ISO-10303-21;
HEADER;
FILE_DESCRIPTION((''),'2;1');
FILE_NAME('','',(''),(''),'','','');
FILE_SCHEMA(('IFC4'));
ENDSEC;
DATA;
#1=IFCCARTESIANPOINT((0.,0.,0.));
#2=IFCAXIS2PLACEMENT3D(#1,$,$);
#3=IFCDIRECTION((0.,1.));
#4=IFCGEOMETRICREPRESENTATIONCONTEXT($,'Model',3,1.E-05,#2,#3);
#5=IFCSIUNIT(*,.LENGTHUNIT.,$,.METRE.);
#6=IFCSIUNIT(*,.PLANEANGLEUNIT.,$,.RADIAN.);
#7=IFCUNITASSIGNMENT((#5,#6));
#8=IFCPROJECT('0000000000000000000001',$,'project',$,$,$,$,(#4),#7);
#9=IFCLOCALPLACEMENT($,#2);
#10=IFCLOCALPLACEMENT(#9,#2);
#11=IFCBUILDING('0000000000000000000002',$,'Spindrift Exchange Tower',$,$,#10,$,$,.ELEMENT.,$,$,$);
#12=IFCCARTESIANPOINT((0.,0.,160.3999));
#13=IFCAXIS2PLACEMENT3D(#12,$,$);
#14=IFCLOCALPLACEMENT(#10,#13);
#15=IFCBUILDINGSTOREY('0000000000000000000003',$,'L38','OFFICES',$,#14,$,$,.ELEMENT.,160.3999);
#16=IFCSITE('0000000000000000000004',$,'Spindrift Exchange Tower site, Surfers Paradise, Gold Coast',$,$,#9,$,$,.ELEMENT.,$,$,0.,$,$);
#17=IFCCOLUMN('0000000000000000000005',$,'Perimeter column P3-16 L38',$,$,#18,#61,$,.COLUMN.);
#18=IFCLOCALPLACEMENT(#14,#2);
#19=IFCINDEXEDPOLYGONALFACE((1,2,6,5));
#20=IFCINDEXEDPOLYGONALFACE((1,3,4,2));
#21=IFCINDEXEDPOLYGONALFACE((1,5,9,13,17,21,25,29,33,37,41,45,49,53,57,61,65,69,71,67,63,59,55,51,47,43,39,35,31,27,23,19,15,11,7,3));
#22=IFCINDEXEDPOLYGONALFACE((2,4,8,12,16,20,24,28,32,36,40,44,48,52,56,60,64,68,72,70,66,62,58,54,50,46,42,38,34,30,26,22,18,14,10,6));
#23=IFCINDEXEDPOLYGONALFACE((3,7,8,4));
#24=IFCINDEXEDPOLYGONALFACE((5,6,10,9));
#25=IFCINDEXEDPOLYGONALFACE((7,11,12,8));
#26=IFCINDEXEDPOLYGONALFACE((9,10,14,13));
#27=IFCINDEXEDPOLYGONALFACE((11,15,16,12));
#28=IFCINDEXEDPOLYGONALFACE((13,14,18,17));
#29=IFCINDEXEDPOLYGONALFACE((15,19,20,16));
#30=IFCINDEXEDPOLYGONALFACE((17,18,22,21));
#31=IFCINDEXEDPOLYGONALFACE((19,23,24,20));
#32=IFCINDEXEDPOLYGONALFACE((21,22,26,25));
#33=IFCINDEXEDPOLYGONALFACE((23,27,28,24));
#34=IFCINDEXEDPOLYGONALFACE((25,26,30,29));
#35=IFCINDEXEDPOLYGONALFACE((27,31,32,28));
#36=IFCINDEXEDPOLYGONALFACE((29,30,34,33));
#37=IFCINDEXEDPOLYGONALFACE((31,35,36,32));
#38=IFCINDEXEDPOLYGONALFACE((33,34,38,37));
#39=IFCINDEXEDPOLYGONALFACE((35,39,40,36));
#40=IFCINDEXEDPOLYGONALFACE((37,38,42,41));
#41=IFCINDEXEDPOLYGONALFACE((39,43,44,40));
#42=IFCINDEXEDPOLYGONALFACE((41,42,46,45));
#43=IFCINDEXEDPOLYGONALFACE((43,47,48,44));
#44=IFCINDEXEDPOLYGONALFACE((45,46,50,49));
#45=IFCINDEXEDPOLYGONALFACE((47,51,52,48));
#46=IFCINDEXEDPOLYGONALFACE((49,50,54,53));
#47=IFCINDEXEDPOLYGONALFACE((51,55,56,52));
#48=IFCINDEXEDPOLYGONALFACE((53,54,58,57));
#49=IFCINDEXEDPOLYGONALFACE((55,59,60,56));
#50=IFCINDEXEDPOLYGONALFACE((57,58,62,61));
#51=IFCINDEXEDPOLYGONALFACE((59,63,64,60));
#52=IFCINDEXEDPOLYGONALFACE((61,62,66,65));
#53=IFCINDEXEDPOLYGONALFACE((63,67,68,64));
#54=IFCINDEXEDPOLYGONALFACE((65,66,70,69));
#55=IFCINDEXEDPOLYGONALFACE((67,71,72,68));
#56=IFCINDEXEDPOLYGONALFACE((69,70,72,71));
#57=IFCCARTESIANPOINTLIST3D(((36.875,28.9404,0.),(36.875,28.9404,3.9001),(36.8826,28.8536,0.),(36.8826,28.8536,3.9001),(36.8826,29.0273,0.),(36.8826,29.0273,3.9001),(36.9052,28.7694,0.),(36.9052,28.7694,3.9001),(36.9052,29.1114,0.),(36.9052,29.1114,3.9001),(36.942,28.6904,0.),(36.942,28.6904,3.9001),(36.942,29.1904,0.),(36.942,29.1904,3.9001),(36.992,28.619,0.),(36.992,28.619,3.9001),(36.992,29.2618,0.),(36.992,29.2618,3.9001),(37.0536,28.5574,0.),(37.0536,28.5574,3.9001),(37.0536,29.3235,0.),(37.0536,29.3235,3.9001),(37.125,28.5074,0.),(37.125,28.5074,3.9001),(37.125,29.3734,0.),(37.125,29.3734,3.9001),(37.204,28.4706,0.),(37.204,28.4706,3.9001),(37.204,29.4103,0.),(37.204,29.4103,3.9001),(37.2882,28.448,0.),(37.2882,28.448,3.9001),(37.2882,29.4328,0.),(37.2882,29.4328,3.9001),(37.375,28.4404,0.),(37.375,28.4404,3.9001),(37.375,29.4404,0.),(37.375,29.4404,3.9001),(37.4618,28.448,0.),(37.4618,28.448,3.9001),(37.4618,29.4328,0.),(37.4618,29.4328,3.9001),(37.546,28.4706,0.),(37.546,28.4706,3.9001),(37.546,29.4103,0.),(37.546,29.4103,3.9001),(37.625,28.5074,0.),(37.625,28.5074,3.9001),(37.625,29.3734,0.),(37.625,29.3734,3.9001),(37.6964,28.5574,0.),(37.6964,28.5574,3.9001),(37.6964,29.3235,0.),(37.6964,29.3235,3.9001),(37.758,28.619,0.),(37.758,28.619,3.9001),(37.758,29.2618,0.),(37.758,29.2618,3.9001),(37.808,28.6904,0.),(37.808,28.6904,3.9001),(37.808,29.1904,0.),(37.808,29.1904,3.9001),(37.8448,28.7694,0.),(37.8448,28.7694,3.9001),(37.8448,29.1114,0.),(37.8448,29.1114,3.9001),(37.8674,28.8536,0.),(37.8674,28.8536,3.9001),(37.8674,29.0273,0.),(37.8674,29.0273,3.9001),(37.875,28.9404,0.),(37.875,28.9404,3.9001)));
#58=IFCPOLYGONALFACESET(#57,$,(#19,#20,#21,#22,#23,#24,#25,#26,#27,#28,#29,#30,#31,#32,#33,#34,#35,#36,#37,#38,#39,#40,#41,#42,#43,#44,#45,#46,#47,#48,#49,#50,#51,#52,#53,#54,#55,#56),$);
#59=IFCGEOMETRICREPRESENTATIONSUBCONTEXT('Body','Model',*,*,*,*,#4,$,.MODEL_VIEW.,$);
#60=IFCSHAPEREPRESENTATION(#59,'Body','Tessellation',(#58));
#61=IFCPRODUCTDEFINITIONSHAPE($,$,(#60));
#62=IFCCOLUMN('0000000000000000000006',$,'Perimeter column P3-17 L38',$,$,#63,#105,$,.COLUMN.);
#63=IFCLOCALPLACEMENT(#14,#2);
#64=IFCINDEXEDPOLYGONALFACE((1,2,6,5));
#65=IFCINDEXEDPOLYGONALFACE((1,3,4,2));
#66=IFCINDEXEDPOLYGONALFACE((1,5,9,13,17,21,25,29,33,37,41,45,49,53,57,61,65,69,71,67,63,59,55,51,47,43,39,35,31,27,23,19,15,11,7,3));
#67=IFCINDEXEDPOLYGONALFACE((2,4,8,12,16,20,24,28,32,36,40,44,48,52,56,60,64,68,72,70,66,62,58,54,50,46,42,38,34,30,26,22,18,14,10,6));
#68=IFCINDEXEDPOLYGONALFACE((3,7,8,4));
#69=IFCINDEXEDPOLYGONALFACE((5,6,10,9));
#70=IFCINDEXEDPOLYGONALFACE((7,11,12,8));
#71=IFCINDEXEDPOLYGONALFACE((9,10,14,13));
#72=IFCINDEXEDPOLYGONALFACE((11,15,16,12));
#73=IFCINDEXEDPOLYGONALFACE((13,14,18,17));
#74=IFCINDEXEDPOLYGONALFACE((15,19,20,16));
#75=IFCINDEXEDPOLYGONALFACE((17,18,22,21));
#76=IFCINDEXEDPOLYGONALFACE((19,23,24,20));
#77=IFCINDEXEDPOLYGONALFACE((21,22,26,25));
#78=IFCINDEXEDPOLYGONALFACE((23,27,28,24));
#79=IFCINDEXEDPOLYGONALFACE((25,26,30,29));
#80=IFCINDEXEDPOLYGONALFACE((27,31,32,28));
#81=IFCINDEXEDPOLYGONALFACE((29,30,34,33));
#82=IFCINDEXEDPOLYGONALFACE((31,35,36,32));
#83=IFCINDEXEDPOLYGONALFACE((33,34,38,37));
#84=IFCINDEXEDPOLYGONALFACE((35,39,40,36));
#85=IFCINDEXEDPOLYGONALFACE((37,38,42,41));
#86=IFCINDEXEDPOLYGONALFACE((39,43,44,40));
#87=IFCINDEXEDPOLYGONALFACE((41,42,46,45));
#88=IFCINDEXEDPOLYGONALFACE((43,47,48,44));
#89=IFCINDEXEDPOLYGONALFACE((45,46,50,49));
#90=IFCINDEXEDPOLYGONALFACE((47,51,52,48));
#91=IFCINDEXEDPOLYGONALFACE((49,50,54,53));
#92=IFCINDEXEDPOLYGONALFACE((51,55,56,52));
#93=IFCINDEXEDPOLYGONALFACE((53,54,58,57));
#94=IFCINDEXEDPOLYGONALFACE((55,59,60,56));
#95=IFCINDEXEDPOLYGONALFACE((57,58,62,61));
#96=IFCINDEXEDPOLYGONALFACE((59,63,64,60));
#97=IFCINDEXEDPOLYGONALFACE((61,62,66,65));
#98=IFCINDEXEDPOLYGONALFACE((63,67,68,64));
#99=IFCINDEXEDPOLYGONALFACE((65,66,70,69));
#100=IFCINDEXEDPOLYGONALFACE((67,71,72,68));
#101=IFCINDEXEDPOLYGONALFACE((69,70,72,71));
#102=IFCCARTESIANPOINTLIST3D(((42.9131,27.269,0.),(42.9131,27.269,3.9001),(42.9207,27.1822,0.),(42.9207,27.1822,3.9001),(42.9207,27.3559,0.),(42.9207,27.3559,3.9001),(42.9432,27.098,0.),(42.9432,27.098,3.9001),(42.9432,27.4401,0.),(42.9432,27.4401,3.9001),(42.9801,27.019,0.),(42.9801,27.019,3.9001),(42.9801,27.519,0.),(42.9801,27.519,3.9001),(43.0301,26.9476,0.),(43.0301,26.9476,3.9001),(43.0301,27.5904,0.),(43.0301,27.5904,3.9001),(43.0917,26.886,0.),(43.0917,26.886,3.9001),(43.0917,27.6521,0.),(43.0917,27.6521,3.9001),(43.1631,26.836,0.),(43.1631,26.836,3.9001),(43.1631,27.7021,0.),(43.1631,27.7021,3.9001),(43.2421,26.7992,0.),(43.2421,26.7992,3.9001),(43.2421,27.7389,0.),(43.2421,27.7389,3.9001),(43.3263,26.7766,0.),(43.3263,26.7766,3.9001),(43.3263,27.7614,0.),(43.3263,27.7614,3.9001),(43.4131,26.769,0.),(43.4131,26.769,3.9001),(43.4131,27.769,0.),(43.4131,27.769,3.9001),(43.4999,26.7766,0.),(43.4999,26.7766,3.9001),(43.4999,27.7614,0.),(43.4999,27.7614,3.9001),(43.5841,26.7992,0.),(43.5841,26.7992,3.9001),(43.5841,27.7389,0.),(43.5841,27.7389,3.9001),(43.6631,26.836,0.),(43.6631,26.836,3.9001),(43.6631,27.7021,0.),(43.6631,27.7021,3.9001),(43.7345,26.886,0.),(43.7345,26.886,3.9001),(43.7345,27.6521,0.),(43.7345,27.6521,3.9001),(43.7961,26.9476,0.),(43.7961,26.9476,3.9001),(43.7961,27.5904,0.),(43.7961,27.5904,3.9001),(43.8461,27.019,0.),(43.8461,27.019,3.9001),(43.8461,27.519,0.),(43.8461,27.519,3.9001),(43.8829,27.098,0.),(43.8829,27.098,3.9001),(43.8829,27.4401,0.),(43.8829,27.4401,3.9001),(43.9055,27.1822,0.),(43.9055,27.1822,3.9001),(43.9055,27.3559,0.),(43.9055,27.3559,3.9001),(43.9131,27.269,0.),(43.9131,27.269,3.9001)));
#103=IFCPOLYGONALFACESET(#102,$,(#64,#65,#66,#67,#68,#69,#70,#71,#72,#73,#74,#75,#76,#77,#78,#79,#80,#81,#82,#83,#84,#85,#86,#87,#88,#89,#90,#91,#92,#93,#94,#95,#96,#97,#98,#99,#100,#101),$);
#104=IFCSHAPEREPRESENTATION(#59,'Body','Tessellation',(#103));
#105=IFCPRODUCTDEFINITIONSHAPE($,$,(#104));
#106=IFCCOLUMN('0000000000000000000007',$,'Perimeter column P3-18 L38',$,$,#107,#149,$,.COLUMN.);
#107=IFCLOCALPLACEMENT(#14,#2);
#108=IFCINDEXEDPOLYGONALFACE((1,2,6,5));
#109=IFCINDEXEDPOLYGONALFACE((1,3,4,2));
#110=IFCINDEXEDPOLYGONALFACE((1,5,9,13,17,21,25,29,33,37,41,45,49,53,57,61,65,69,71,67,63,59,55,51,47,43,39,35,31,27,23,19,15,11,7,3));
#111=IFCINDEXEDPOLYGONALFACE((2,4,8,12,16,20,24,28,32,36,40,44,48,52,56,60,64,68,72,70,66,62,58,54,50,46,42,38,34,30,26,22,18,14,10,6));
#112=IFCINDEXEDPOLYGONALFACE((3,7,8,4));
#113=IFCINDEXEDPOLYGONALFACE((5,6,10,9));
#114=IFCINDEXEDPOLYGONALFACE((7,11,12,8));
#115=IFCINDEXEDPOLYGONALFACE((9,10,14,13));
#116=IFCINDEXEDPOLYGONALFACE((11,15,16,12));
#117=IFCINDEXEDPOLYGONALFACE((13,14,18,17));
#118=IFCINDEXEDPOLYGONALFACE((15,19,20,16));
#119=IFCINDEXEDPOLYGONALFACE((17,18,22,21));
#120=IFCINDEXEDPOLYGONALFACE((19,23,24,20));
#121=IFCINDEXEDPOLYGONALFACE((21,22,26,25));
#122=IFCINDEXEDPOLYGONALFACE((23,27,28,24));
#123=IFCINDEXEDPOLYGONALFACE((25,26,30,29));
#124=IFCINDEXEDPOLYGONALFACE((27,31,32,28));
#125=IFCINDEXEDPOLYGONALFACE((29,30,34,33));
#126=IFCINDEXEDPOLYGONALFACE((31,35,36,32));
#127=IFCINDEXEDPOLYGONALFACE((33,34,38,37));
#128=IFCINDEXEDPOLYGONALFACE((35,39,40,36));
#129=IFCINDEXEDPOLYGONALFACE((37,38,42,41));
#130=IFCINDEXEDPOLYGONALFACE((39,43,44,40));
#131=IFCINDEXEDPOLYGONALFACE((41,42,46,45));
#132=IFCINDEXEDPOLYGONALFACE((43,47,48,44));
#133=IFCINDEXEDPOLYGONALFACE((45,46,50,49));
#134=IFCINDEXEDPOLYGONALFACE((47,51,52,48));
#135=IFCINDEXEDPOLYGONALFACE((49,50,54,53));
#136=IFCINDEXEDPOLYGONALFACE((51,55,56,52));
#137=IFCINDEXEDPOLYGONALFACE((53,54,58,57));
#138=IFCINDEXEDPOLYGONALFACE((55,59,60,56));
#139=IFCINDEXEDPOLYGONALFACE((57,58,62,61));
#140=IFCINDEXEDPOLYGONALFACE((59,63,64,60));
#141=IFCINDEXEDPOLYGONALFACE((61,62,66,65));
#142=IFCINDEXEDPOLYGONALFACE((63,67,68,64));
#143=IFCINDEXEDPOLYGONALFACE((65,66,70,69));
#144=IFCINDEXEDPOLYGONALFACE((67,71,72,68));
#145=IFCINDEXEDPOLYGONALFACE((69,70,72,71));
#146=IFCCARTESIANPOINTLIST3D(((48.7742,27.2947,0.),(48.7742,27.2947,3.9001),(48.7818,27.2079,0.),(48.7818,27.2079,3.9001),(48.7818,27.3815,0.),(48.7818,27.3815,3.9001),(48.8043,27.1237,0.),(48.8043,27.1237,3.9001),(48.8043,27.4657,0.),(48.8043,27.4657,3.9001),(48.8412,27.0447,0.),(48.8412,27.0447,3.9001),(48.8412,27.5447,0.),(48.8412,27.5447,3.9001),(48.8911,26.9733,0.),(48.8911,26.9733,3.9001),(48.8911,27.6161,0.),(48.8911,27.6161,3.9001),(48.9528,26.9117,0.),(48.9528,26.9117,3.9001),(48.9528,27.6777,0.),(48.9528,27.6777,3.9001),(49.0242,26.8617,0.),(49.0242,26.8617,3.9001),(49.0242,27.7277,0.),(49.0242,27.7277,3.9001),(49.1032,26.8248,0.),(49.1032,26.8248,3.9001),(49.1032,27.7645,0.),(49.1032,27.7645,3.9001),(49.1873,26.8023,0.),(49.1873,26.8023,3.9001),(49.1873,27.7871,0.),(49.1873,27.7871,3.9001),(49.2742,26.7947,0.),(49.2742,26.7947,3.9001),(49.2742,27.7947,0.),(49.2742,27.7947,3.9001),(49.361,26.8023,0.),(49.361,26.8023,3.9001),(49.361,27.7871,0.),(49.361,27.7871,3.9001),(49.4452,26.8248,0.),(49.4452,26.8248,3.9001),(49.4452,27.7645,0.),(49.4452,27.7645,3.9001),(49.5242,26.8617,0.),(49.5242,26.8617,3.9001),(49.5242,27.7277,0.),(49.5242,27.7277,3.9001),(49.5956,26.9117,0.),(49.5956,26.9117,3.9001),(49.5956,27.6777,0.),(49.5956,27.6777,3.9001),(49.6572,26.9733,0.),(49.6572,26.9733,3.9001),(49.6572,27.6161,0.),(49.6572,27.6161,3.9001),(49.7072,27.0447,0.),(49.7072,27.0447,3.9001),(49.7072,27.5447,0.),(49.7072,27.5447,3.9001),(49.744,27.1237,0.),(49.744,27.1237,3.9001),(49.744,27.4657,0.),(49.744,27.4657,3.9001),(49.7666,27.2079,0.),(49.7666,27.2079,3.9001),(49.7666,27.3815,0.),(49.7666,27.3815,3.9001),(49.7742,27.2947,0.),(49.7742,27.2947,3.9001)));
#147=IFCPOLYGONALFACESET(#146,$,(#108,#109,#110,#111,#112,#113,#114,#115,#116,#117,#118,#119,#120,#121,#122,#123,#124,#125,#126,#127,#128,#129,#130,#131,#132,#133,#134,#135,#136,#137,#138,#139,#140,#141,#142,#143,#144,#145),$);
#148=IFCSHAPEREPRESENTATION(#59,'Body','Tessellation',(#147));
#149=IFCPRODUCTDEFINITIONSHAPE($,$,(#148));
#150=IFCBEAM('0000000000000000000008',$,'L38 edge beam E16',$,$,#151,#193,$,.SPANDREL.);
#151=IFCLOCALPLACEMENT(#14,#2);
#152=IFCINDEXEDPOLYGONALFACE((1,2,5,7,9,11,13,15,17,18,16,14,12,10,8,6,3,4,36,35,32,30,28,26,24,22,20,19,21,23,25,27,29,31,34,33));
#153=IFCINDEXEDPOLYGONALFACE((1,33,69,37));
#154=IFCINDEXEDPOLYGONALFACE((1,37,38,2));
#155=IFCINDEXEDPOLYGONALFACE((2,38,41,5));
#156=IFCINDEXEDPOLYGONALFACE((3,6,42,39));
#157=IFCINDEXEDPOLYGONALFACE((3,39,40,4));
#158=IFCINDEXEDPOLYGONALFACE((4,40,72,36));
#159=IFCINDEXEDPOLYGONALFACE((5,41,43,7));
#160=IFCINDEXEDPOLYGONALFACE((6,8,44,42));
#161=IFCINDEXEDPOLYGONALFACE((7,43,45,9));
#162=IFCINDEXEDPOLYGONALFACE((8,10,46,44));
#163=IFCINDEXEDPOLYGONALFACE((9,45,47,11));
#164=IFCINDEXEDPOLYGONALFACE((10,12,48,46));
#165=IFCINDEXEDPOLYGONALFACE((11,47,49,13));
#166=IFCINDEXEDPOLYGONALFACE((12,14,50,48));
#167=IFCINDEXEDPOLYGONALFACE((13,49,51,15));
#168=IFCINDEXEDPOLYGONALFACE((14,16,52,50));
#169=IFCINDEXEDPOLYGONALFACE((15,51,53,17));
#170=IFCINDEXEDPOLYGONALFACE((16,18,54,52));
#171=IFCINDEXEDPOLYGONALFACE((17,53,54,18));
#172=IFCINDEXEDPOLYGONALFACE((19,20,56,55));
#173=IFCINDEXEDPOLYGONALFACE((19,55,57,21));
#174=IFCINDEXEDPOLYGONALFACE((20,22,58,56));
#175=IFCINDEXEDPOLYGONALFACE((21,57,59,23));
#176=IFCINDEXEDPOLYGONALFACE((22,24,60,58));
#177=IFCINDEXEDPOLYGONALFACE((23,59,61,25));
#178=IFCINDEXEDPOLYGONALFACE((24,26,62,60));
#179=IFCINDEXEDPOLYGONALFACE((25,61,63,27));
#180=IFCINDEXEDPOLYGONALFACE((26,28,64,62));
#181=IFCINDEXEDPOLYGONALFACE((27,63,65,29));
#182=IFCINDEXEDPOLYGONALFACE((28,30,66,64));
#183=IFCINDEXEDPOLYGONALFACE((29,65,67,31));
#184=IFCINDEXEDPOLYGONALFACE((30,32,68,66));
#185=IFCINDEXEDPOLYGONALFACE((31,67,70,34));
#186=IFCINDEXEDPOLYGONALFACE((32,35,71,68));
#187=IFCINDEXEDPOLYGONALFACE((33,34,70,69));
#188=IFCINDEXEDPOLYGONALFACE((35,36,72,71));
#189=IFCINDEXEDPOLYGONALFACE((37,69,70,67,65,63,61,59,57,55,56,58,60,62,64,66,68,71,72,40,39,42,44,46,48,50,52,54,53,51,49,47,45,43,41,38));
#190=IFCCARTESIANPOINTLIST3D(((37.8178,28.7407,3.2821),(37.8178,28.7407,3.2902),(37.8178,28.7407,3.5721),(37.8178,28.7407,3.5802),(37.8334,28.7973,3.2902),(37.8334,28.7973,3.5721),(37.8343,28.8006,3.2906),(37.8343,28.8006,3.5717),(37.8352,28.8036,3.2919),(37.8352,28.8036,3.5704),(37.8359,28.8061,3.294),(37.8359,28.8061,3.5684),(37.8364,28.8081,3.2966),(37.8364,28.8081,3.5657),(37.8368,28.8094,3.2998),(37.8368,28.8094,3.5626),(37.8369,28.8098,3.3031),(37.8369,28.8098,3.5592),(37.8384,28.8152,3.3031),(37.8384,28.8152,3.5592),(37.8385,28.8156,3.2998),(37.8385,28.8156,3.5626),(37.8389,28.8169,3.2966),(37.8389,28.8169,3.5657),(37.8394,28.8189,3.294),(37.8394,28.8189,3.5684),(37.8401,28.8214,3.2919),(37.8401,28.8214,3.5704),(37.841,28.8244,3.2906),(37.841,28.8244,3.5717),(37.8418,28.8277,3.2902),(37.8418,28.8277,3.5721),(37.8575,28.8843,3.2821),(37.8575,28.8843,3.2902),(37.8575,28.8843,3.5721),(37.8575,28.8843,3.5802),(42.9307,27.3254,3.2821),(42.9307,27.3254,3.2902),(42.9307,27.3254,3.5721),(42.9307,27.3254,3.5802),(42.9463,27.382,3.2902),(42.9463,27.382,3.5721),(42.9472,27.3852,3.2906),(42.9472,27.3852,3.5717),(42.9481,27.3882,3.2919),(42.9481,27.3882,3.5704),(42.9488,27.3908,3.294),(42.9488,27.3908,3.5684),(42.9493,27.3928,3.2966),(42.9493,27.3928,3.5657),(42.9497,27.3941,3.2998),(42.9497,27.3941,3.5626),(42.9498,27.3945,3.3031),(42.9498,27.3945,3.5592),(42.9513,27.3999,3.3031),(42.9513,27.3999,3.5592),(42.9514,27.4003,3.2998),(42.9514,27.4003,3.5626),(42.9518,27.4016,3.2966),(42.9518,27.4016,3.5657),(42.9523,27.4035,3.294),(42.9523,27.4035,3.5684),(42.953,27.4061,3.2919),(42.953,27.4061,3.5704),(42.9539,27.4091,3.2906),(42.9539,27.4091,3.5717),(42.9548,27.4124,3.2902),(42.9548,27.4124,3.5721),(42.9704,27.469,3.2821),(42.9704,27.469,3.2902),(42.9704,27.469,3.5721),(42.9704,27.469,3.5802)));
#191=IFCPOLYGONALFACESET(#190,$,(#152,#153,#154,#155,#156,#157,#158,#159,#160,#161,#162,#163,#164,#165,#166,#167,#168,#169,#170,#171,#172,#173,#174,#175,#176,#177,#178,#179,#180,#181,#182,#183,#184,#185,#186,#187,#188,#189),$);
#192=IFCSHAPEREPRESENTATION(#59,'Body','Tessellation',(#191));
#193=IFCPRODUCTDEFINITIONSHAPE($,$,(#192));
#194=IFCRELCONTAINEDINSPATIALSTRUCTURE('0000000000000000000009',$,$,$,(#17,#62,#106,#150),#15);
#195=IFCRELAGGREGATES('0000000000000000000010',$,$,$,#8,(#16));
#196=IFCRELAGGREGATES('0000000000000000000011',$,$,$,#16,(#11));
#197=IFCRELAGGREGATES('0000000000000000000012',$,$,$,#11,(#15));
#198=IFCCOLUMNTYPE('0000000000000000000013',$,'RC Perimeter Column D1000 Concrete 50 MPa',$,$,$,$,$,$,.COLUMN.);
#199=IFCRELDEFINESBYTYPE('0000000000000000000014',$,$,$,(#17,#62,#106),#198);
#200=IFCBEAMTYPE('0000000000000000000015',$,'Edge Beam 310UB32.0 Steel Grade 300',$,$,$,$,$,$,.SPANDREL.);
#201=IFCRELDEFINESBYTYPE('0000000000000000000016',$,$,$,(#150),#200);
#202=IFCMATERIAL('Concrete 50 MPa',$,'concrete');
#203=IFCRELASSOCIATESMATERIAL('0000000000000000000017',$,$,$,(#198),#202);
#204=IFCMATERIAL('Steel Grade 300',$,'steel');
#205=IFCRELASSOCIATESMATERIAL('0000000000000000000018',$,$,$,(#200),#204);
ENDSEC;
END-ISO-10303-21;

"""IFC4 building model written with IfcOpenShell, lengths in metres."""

from ifc_helpers import new_model, si_unit, direction, frame, origin, origin_2d, place, context, subcontext, project, spatial, circle, i_section, extrude, source, transform, mapped, material, material_profile, profile_set, type_object, element, save


model = new_model("IFC4")

# Units and contexts
model_context = context("Model", 3, precision=1e-05, world=origin(), true_north=direction((0.0, 1.0)))
body_context = subcontext(model_context, "Body", "Model", "MODEL_VIEW")
ifc_project = project(units=[si_unit("LENGTHUNIT", "METRE"), si_unit("PLANEANGLEUNIT", "RADIAN")], contexts=[model_context])

# Site, building, storey
site_placement = place(None, origin())
site = spatial("IfcSite", under=ifc_project, at=site_placement, Name="Spindrift Exchange Tower site, Surfers Paradise, Gold Coast", CompositionType="ELEMENT", RefElevation=0.0)
building_placement = place(site_placement, origin())
building = spatial("IfcBuilding", under=site, at=building_placement, Name="Spindrift Exchange Tower", CompositionType="ELEMENT")
storey_placement = place(building_placement, frame((0.0, 0.0, 160.3999)))
storey = spatial("IfcBuildingStorey", under=building, at=storey_placement, Name="L38", Description="OFFICES", CompositionType="ELEMENT", Elevation=160.3999)

# Columns
ifc_material_1 = material(Name="Concrete 50 MPa", Category="concrete")
ifc_material_profile_1 = material_profile(ifc_material_1, circle(Radius=0.5, at=origin_2d()), Name="RC D1000")
ifc_profile_set_1 = profile_set([ifc_material_profile_1], Name="Concrete 50 MPa")
column_type = type_object("IfcColumnType", Name="RC Perimeter Column D1000 Concrete 50 MPa", PredefinedType="COLUMN", material=ifc_profile_set_1)
shared_shape_1 = source(origin(), body_context, "Body", "SweptSolid", [
    extrude(circle(Radius=0.5, at=origin_2d()), origin(), (0.0, 0.0, 1.0), 3.9001),
])
for number, where, z_axis, x_axis, name in (
    (1, (37.375, 28.9404, 0.0), (0.0, 0.0, 1.0), (1.0, 0.0, 0.0), "Perimeter column P3-16 L38"),
    (2, (43.4131, 27.269, 0.0), (0.0, 0.0, 1.0), (1.0, 0.0, 0.0), "Perimeter column P3-17 L38"),
    (3, (49.2742, 27.2947, 0.0), (0.0, 0.0, 1.0), (1.0, 0.0, 0.0), "Perimeter column P3-18 L38"),
):
    element("IfcColumn", number, at=place(storey_placement, frame(where, z_axis=z_axis, x_axis=x_axis)), inside=storey, type_object=column_type, Name=name, PredefinedType="COLUMN", context=body_context, shape_type="MappedRepresentation", body=[
        mapped(shared_shape_1, transform((0.0, 0.0, 0.0), scale=1.0)),
    ])

# Beam
ifc_material_2 = material(Name="Steel Grade 300", Category="steel")
ifc_material_profile_2 = material_profile(ifc_material_2, i_section(OverallWidth=0.1489, OverallDepth=0.2981, WebThickness=0.0056, FlangeThickness=0.0081, FilletRadius=0.0129, at=origin_2d()), Name="310UB32.0")
ifc_profile_set_2 = profile_set([ifc_material_profile_2], Name="Steel Grade 300")
beam_type_1 = type_object("IfcBeamType", Name="Edge Beam 310UB32.0 Steel Grade 300", PredefinedType="SPANDREL", material=ifc_profile_set_2)
shared_shape_2 = source(origin(), body_context, "Body", "SweptSolid", [
    extrude(i_section(OverallWidth=0.1489, OverallDepth=0.2981, WebThickness=0.0056, FlangeThickness=0.0081, FilletRadius=0.0129, at=origin_2d()), origin(), (0.0, 0.0, 1.0), 5.3052),
])
beam_1_placement = place(storey_placement, frame((37.8376, 28.8125, 3.4312), z_axis=(0.963758, -0.26678, 0.0), x_axis=(0.26678, 0.963758, 0.0)))
element("IfcBeam", 4, at=beam_1_placement, inside=storey, type_object=beam_type_1, Name="L38 edge beam E16", PredefinedType="SPANDREL", context=body_context, shape_type="MappedRepresentation", body=[
    mapped(shared_shape_2, transform((0.0, 0.0, 0.0), scale=1.0)),
])

save(model, "model.ifc")
